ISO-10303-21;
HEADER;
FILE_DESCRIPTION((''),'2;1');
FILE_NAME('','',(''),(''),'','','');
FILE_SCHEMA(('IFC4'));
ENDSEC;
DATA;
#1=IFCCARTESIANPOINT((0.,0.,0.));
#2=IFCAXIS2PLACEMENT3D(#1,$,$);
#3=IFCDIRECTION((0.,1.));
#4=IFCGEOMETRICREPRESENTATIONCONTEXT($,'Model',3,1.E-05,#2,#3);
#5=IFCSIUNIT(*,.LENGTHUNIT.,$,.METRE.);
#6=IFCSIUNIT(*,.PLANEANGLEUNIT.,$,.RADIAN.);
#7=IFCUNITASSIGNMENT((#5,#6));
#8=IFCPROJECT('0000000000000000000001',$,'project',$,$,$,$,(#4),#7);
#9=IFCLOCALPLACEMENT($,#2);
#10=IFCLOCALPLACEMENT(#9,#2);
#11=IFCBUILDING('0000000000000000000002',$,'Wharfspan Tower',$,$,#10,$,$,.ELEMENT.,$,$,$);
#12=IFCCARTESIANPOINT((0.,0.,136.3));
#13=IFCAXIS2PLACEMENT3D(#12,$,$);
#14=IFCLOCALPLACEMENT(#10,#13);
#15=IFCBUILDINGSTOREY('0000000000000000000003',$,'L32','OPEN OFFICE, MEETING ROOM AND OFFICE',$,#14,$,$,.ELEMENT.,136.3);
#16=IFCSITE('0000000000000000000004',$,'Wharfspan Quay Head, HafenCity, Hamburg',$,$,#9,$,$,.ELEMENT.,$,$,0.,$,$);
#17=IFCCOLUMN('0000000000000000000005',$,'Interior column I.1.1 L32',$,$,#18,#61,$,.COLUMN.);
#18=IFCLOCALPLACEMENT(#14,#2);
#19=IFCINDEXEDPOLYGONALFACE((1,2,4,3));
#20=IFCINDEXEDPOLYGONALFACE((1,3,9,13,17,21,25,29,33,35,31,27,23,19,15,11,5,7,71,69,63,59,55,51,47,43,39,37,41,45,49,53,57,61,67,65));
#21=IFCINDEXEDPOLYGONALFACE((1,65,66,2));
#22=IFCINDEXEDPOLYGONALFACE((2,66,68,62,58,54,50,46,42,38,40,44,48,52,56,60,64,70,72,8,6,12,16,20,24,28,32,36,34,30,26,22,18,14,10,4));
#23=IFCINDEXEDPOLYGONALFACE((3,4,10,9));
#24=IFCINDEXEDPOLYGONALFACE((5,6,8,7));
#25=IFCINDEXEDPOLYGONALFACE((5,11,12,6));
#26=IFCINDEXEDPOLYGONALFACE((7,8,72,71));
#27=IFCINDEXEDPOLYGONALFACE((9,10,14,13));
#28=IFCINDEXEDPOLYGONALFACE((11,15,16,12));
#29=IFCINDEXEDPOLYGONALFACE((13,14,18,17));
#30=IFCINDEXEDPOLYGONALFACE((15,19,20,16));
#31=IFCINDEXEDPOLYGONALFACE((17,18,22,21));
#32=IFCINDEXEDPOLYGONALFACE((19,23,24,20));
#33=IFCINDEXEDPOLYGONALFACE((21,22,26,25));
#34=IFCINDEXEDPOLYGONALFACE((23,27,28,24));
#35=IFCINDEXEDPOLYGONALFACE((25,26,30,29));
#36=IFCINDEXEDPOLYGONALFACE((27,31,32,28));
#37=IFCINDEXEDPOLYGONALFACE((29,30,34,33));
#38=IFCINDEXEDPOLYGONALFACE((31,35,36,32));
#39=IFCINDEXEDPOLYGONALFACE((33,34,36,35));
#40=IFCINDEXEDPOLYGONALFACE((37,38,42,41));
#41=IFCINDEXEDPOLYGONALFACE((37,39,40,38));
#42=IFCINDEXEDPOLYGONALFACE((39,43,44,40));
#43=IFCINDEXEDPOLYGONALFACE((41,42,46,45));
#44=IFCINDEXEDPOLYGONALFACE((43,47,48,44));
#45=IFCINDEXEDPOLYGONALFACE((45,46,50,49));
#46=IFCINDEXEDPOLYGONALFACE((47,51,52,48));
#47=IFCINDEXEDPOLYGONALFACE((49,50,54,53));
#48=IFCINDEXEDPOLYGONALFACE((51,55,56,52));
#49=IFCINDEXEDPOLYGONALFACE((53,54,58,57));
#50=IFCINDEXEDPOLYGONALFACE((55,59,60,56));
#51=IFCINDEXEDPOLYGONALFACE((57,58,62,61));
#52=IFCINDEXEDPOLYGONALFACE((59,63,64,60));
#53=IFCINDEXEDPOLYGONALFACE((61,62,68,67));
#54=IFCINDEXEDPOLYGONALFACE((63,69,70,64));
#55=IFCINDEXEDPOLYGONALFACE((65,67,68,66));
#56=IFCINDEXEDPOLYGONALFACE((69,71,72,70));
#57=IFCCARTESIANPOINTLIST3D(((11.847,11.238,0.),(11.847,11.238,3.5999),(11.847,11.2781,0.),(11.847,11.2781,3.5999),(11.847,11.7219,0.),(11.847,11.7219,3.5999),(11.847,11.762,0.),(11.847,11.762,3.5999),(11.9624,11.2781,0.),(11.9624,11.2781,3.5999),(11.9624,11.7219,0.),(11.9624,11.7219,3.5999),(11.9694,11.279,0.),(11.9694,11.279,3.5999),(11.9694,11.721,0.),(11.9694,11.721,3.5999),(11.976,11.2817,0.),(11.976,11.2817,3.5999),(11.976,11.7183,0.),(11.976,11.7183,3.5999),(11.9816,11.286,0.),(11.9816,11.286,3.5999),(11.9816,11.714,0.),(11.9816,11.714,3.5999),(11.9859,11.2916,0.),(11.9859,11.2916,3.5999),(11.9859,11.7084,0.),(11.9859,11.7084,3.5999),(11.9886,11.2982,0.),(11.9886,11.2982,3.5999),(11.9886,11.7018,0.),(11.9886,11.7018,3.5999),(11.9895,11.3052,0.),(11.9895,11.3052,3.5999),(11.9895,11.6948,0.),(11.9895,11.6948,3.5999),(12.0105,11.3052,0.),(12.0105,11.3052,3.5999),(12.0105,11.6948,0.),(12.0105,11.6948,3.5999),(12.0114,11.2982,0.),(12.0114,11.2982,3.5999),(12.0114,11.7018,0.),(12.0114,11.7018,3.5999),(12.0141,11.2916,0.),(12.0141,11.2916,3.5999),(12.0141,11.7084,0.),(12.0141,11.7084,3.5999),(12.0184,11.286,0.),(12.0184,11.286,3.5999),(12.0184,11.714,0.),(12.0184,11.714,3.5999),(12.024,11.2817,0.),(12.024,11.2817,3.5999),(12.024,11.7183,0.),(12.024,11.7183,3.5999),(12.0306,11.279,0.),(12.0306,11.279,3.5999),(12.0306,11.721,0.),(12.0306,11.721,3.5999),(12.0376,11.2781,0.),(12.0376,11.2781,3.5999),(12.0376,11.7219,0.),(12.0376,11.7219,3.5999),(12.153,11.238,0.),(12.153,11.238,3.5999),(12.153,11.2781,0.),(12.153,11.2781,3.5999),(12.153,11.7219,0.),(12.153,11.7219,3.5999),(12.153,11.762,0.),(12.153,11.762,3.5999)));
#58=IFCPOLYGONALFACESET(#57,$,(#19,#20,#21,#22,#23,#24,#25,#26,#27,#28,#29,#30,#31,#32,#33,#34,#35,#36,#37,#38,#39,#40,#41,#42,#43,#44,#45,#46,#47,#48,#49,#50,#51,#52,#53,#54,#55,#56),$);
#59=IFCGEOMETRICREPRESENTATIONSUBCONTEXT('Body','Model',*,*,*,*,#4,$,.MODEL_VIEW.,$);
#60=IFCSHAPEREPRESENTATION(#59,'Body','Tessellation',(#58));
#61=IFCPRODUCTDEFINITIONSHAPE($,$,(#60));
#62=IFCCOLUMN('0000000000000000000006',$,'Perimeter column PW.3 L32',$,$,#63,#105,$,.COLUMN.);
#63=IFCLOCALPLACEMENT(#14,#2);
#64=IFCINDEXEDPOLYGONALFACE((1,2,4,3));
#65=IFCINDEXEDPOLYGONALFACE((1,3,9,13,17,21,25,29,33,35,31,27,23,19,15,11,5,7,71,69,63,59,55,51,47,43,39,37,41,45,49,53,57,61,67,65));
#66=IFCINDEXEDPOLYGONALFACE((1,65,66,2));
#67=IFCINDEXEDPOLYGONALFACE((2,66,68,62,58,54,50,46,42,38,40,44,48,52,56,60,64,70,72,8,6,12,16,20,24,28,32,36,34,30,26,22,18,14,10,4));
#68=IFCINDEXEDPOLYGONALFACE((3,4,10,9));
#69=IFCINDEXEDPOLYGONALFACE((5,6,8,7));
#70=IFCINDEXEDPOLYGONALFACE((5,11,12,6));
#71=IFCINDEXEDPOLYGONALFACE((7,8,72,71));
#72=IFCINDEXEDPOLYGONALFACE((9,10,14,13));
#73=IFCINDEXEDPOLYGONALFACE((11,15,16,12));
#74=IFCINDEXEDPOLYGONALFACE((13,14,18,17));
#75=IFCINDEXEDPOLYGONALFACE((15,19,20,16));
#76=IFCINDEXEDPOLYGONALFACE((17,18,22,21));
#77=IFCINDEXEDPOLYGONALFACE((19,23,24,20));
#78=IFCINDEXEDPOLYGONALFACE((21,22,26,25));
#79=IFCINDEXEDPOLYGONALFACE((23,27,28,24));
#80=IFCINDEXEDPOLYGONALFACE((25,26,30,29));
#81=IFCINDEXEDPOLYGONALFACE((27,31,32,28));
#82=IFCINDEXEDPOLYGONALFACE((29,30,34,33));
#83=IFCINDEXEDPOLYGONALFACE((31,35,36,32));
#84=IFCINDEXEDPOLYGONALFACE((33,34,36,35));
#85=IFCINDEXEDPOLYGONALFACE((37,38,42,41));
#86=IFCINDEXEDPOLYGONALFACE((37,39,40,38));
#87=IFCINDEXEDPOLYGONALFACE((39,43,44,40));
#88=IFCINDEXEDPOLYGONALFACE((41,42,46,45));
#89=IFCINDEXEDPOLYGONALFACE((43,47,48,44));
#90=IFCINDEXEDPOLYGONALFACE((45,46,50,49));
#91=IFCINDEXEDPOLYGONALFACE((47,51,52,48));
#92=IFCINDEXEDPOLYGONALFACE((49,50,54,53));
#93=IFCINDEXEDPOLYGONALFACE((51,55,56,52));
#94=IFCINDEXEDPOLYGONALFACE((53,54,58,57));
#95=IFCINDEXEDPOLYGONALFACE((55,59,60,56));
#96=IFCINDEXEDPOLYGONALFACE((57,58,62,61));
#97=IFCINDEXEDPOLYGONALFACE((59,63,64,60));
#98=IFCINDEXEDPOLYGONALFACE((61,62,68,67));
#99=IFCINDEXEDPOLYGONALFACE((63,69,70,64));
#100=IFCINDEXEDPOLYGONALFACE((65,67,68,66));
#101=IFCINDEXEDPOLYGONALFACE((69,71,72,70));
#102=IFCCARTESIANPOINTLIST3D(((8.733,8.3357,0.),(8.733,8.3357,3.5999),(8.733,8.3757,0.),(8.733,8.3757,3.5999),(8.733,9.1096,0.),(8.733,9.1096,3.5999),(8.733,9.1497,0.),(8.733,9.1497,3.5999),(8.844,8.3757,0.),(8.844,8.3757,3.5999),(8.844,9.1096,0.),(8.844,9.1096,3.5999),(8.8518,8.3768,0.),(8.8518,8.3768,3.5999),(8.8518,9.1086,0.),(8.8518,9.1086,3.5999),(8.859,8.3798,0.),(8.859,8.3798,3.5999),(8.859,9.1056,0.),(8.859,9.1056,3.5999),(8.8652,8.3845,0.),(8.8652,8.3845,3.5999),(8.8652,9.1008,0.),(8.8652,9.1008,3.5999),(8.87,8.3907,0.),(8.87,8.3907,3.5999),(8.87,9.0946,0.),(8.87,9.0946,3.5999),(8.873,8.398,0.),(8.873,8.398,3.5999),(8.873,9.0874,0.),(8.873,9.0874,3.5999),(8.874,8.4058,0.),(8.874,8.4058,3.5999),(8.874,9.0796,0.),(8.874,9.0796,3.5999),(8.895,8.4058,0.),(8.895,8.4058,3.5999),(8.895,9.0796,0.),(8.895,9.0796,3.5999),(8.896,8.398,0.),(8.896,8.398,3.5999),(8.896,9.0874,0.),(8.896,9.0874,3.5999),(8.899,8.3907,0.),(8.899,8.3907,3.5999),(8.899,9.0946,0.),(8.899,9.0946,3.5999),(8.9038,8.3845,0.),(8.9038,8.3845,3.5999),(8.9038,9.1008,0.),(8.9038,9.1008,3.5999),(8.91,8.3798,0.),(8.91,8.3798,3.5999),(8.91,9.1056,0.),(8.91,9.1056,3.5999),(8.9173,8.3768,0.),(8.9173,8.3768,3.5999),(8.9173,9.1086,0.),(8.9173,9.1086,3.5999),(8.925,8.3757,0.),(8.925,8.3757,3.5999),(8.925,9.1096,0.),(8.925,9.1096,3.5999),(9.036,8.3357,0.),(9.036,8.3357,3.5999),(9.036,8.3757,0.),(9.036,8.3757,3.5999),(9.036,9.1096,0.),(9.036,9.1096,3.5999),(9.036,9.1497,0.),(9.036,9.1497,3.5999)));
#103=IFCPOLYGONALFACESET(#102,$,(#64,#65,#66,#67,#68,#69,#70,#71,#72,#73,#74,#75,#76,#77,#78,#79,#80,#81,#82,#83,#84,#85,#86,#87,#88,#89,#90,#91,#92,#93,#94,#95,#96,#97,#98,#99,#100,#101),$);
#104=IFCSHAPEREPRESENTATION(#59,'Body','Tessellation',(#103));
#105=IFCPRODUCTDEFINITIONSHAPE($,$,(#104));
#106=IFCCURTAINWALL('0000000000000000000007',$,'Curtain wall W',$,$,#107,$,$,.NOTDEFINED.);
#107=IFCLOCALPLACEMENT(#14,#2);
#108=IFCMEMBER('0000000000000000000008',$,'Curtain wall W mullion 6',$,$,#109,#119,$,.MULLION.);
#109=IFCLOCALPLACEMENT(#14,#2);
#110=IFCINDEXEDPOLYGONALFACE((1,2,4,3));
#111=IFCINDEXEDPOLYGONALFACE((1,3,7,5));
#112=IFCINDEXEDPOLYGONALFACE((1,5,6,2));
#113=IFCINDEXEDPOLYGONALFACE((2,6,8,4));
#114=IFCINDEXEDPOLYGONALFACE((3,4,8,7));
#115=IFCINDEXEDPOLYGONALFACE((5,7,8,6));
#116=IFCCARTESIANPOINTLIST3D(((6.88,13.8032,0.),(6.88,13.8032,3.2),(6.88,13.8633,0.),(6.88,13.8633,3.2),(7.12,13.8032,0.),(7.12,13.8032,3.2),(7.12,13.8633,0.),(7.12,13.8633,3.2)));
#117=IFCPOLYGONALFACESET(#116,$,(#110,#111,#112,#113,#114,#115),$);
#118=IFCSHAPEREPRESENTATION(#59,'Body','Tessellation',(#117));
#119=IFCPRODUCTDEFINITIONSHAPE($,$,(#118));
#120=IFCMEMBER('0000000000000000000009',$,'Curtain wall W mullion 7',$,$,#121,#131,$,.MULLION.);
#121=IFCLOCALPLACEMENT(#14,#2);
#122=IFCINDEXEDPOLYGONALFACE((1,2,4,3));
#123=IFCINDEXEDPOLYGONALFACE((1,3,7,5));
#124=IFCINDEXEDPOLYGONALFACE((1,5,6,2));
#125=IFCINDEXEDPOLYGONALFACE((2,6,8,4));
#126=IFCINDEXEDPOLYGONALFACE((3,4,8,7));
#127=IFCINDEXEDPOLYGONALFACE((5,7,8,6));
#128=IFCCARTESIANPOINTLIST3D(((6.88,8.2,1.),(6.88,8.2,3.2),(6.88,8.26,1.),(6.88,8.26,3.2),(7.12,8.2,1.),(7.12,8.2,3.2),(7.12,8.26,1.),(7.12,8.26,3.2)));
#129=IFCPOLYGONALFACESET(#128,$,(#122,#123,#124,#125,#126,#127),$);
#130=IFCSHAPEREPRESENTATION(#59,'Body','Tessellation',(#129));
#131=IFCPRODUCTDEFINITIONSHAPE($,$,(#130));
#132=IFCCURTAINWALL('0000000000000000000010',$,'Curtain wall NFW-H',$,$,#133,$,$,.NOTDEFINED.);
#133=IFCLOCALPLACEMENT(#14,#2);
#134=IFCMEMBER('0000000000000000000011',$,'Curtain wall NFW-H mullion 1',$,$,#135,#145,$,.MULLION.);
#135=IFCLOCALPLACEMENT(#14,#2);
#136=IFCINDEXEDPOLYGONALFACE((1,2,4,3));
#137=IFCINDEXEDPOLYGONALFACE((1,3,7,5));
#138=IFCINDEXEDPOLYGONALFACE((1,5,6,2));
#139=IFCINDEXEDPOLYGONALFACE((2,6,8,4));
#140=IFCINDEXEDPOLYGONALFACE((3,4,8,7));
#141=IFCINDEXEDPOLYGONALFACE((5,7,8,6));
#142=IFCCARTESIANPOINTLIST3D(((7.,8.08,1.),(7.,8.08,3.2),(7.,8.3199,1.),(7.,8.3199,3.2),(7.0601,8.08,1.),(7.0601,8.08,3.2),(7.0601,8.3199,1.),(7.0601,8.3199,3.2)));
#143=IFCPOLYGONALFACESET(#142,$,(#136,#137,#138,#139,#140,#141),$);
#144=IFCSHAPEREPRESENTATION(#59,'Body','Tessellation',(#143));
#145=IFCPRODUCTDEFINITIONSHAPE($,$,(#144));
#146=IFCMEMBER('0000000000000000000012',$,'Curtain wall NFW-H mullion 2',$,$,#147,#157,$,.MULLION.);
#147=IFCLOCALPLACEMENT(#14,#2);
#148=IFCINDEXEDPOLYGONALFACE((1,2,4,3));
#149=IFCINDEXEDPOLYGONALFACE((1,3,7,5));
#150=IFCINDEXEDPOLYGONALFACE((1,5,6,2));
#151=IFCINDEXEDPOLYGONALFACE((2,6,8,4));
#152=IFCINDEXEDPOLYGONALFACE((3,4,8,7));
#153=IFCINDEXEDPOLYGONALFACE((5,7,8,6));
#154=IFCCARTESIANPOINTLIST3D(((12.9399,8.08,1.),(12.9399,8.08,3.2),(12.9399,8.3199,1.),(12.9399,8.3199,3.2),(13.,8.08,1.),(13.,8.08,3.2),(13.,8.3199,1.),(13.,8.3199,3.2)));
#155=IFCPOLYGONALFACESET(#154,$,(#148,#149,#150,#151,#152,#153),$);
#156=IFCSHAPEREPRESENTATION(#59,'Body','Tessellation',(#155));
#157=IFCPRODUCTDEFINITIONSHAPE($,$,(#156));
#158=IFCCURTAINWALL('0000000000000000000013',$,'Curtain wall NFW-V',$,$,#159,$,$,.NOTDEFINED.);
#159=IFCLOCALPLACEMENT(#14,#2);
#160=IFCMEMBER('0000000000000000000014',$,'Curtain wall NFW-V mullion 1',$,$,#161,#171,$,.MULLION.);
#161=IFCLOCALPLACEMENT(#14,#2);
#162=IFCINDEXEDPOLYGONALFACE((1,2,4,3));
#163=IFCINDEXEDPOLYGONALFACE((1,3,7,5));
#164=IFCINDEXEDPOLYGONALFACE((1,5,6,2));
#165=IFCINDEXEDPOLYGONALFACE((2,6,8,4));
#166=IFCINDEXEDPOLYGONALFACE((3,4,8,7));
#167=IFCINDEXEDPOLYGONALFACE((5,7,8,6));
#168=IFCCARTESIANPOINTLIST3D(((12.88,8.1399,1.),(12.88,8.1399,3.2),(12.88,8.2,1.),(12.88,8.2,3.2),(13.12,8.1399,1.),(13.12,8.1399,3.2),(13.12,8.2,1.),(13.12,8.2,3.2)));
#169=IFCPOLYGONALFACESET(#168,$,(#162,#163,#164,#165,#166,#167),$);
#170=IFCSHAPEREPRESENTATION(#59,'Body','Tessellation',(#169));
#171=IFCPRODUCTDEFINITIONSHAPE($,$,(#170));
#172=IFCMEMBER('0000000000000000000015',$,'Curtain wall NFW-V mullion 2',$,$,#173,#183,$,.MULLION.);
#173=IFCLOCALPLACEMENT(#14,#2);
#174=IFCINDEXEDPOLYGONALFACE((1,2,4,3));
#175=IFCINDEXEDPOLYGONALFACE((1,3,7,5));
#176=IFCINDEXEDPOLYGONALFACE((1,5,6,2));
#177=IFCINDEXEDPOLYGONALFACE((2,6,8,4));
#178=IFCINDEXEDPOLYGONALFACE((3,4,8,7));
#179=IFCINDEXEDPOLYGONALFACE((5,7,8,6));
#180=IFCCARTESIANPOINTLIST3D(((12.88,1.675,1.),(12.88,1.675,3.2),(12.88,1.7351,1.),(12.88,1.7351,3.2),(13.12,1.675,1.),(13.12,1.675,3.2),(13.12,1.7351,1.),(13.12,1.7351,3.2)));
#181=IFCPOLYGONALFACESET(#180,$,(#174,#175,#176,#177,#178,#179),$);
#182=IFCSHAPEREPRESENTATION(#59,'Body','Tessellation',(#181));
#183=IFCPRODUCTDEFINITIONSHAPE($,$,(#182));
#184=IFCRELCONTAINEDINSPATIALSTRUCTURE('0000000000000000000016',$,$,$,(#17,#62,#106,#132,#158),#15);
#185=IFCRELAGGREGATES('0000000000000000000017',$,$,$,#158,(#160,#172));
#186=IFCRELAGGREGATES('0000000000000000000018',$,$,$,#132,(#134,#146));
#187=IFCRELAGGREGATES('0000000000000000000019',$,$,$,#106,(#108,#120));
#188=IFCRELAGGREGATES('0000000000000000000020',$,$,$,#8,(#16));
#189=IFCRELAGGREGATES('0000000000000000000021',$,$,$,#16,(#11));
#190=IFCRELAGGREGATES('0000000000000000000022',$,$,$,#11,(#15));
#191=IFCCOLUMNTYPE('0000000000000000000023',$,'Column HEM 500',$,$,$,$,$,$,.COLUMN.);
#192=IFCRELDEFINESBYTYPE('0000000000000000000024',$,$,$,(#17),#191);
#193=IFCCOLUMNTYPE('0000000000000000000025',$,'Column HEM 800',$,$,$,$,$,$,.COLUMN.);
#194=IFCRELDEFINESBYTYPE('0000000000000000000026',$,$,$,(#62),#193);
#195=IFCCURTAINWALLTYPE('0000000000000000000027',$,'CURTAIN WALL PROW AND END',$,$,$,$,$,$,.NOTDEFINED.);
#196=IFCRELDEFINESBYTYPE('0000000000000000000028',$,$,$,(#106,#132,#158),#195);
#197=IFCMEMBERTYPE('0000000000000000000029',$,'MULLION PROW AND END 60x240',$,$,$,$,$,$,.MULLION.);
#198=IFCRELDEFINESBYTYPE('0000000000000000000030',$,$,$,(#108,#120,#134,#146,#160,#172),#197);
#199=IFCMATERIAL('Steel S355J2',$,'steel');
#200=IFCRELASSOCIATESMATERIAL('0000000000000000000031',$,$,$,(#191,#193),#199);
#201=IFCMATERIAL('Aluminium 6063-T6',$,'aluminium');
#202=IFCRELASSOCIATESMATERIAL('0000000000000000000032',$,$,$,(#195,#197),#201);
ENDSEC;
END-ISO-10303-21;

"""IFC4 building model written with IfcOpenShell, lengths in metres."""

from ifc_helpers import new_model, si_unit, direction, frame, origin, origin_2d, place, context, subcontext, project, spatial, rectangle, i_section, extrude, material, material_profile, profile_set, type_object, element, aggregate, save


model = new_model("IFC4")

# Units and contexts
model_context = context("Model", 3, precision=1e-05, world=origin(), true_north=direction((0.0, 1.0)))
body_context = subcontext(model_context, "Body", "Model", "MODEL_VIEW")
ifc_project = project(units=[si_unit("LENGTHUNIT", "METRE"), si_unit("PLANEANGLEUNIT", "RADIAN")], contexts=[model_context])

# Site, building, storey
site_placement = place(None, origin())
site = spatial("IfcSite", under=ifc_project, at=site_placement, Name="Wharfspan Quay Head, HafenCity, Hamburg", CompositionType="ELEMENT", RefElevation=0.0)
building_placement = place(site_placement, origin())
building = spatial("IfcBuilding", under=site, at=building_placement, Name="Wharfspan Tower", CompositionType="ELEMENT")
storey_placement = place(building_placement, frame((0.0, 0.0, 136.3)))
storey = spatial("IfcBuildingStorey", under=building, at=storey_placement, Name="L32", Description="OPEN OFFICE, MEETING ROOM AND OFFICE", CompositionType="ELEMENT", Elevation=136.3)

# Columns
ifc_material_1 = material(Name="Steel S355J2", Category="steel")
ifc_material_profile_1 = material_profile(ifc_material_1, i_section(OverallWidth=0.3059, OverallDepth=0.5239, WebThickness=0.021, FlangeThickness=0.04, FilletRadius=0.0271, at=origin_2d()))
ifc_profile_set_1 = profile_set([ifc_material_profile_1], Name="Steel S355J2")
column_type_1 = type_object("IfcColumnType", Name="Column HEM 500", PredefinedType="COLUMN", material=ifc_profile_set_1)
column_1_placement = place(storey_placement, frame((12.0, 11.5, 0.0), z_axis=(0.0, 0.0, 1.0), x_axis=(1.0, 0.0, 0.0)))
element("IfcColumn", 1, at=column_1_placement, inside=storey, type_object=column_type_1, Name="Interior column I.1.1 L32", PredefinedType="COLUMN", context=body_context, shape_type="SweptSolid", body=[
    extrude(i_section(OverallWidth=0.3059, OverallDepth=0.5239, WebThickness=0.021, FlangeThickness=0.04, FilletRadius=0.0271, at=origin_2d()), origin(), (0.0, 0.0, 1.0), 3.5999),
])
ifc_material_profile_2 = material_profile(ifc_material_1, i_section(OverallWidth=0.303, OverallDepth=0.814, WebThickness=0.021, FlangeThickness=0.04, FilletRadius=0.03, at=origin_2d()))
ifc_profile_set_2 = profile_set([ifc_material_profile_2], Name="Steel S355J2")
column_type_2 = type_object("IfcColumnType", Name="Column HEM 800", PredefinedType="COLUMN", material=ifc_profile_set_2)
column_2_placement = place(storey_placement, frame((8.8845, 8.7427, 0.0), z_axis=(0.0, 0.0, 1.0), x_axis=(-1.0, 0.0, 0.0)))
element("IfcColumn", 2, at=column_2_placement, inside=storey, type_object=column_type_2, Name="Perimeter column PW.3 L32", PredefinedType="COLUMN", context=body_context, shape_type="SweptSolid", body=[
    extrude(i_section(OverallWidth=0.303, OverallDepth=0.814, WebThickness=0.021, FlangeThickness=0.04, FilletRadius=0.03, at=origin_2d()), origin(), (0.0, 0.0, 1.0), 3.5999),
])

# Curtain walls, members
ifc_material_2 = material(Name="Aluminium 6063-T6", Category="aluminium")
curtain_wall_type = type_object("IfcCurtainWallType", Name="CURTAIN WALL PROW AND END", PredefinedType="NOTDEFINED", material=ifc_material_2)
curtain_wall_1_placement = place(storey_placement, origin())
curtain_wall_1 = element("IfcCurtainWall", 3, at=curtain_wall_1_placement, inside=storey, type_object=curtain_wall_type, Name="Curtain wall W", PredefinedType="NOTDEFINED")
ifc_material_profile_3 = material_profile(ifc_material_2, rectangle(XDim=0.24, YDim=0.0601, at=origin_2d()))
ifc_profile_set_3 = profile_set([ifc_material_profile_3], Name="Aluminium 6063-T6")
member_type_1 = type_object("IfcMemberType", Name="MULLION PROW AND END 60x240", PredefinedType="MULLION", material=ifc_profile_set_3)
member_1_placement = place(storey_placement, frame((7.0, 13.8333, 0.0), z_axis=(0.0, 0.0, 1.0), x_axis=(1.0, 0.0, 0.0)))
member_1 = element("IfcMember", 4, at=member_1_placement, type_object=member_type_1, Name="Curtain wall W mullion 6", PredefinedType="MULLION", context=body_context, shape_type="SweptSolid", body=[
    extrude(rectangle(XDim=0.24, YDim=0.0601, at=origin_2d()), origin(), (0.0, 0.0, 1.0), 3.2),
])
member_2_placement = place(storey_placement, frame((7.0, 8.23, 1.0), z_axis=(0.0, 0.0, 1.0), x_axis=(1.0, 0.0, 0.0)))
member_2 = element("IfcMember", 5, at=member_2_placement, type_object=member_type_1, Name="Curtain wall W mullion 7", PredefinedType="MULLION", context=body_context, shape_type="SweptSolid", body=[
    extrude(rectangle(XDim=0.24, YDim=0.0601, at=origin_2d()), origin(), (0.0, 0.0, 1.0), 2.2),
])
curtain_wall_2_placement = place(storey_placement, origin())
curtain_wall_2 = element("IfcCurtainWall", 6, at=curtain_wall_2_placement, inside=storey, type_object=curtain_wall_type, Name="Curtain wall NFW-H", PredefinedType="NOTDEFINED")
member_3_placement = place(storey_placement, frame((7.03, 8.2, 1.0), z_axis=(0.0, 0.0, 1.0), x_axis=(0.0, 1.0, 0.0)))
member_3 = element("IfcMember", 7, at=member_3_placement, type_object=member_type_1, Name="Curtain wall NFW-H mullion 1", PredefinedType="MULLION", context=body_context, shape_type="SweptSolid", body=[
    extrude(rectangle(XDim=0.24, YDim=0.0601, at=origin_2d()), origin(), (0.0, 0.0, 1.0), 2.2),
])
member_4_placement = place(storey_placement, frame((12.97, 8.2, 1.0), z_axis=(0.0, 0.0, 1.0), x_axis=(0.0, 1.0, 0.0)))
member_4 = element("IfcMember", 8, at=member_4_placement, type_object=member_type_1, Name="Curtain wall NFW-H mullion 2", PredefinedType="MULLION", context=body_context, shape_type="SweptSolid", body=[
    extrude(rectangle(XDim=0.24, YDim=0.0601, at=origin_2d()), origin(), (0.0, 0.0, 1.0), 2.2),
])
curtain_wall_3_placement = place(storey_placement, origin())
curtain_wall_3 = element("IfcCurtainWall", 9, at=curtain_wall_3_placement, inside=storey, type_object=curtain_wall_type, Name="Curtain wall NFW-V", PredefinedType="NOTDEFINED")
member_5_placement = place(storey_placement, frame((13.0, 8.1699, 1.0), z_axis=(0.0, 0.0, 1.0), x_axis=(1.0, 0.0, 0.0)))
member_5 = element("IfcMember", 10, at=member_5_placement, type_object=member_type_1, Name="Curtain wall NFW-V mullion 1", PredefinedType="MULLION", context=body_context, shape_type="SweptSolid", body=[
    extrude(rectangle(XDim=0.24, YDim=0.0601, at=origin_2d()), origin(), (0.0, 0.0, 1.0), 2.2),
])
member_6_placement = place(storey_placement, frame((13.0, 1.7051, 1.0), z_axis=(0.0, 0.0, 1.0), x_axis=(1.0, 0.0, 0.0)))
member_6 = element("IfcMember", 11, at=member_6_placement, type_object=member_type_1, Name="Curtain wall NFW-V mullion 2", PredefinedType="MULLION", context=body_context, shape_type="SweptSolid", body=[
    extrude(rectangle(XDim=0.24, YDim=0.0601, at=origin_2d()), origin(), (0.0, 0.0, 1.0), 2.2),
])

aggregate(curtain_wall_3, [member_5, member_6])

aggregate(curtain_wall_2, [member_3, member_4])
aggregate(curtain_wall_1, [member_1, member_2])

save(model, "model.ifc")
